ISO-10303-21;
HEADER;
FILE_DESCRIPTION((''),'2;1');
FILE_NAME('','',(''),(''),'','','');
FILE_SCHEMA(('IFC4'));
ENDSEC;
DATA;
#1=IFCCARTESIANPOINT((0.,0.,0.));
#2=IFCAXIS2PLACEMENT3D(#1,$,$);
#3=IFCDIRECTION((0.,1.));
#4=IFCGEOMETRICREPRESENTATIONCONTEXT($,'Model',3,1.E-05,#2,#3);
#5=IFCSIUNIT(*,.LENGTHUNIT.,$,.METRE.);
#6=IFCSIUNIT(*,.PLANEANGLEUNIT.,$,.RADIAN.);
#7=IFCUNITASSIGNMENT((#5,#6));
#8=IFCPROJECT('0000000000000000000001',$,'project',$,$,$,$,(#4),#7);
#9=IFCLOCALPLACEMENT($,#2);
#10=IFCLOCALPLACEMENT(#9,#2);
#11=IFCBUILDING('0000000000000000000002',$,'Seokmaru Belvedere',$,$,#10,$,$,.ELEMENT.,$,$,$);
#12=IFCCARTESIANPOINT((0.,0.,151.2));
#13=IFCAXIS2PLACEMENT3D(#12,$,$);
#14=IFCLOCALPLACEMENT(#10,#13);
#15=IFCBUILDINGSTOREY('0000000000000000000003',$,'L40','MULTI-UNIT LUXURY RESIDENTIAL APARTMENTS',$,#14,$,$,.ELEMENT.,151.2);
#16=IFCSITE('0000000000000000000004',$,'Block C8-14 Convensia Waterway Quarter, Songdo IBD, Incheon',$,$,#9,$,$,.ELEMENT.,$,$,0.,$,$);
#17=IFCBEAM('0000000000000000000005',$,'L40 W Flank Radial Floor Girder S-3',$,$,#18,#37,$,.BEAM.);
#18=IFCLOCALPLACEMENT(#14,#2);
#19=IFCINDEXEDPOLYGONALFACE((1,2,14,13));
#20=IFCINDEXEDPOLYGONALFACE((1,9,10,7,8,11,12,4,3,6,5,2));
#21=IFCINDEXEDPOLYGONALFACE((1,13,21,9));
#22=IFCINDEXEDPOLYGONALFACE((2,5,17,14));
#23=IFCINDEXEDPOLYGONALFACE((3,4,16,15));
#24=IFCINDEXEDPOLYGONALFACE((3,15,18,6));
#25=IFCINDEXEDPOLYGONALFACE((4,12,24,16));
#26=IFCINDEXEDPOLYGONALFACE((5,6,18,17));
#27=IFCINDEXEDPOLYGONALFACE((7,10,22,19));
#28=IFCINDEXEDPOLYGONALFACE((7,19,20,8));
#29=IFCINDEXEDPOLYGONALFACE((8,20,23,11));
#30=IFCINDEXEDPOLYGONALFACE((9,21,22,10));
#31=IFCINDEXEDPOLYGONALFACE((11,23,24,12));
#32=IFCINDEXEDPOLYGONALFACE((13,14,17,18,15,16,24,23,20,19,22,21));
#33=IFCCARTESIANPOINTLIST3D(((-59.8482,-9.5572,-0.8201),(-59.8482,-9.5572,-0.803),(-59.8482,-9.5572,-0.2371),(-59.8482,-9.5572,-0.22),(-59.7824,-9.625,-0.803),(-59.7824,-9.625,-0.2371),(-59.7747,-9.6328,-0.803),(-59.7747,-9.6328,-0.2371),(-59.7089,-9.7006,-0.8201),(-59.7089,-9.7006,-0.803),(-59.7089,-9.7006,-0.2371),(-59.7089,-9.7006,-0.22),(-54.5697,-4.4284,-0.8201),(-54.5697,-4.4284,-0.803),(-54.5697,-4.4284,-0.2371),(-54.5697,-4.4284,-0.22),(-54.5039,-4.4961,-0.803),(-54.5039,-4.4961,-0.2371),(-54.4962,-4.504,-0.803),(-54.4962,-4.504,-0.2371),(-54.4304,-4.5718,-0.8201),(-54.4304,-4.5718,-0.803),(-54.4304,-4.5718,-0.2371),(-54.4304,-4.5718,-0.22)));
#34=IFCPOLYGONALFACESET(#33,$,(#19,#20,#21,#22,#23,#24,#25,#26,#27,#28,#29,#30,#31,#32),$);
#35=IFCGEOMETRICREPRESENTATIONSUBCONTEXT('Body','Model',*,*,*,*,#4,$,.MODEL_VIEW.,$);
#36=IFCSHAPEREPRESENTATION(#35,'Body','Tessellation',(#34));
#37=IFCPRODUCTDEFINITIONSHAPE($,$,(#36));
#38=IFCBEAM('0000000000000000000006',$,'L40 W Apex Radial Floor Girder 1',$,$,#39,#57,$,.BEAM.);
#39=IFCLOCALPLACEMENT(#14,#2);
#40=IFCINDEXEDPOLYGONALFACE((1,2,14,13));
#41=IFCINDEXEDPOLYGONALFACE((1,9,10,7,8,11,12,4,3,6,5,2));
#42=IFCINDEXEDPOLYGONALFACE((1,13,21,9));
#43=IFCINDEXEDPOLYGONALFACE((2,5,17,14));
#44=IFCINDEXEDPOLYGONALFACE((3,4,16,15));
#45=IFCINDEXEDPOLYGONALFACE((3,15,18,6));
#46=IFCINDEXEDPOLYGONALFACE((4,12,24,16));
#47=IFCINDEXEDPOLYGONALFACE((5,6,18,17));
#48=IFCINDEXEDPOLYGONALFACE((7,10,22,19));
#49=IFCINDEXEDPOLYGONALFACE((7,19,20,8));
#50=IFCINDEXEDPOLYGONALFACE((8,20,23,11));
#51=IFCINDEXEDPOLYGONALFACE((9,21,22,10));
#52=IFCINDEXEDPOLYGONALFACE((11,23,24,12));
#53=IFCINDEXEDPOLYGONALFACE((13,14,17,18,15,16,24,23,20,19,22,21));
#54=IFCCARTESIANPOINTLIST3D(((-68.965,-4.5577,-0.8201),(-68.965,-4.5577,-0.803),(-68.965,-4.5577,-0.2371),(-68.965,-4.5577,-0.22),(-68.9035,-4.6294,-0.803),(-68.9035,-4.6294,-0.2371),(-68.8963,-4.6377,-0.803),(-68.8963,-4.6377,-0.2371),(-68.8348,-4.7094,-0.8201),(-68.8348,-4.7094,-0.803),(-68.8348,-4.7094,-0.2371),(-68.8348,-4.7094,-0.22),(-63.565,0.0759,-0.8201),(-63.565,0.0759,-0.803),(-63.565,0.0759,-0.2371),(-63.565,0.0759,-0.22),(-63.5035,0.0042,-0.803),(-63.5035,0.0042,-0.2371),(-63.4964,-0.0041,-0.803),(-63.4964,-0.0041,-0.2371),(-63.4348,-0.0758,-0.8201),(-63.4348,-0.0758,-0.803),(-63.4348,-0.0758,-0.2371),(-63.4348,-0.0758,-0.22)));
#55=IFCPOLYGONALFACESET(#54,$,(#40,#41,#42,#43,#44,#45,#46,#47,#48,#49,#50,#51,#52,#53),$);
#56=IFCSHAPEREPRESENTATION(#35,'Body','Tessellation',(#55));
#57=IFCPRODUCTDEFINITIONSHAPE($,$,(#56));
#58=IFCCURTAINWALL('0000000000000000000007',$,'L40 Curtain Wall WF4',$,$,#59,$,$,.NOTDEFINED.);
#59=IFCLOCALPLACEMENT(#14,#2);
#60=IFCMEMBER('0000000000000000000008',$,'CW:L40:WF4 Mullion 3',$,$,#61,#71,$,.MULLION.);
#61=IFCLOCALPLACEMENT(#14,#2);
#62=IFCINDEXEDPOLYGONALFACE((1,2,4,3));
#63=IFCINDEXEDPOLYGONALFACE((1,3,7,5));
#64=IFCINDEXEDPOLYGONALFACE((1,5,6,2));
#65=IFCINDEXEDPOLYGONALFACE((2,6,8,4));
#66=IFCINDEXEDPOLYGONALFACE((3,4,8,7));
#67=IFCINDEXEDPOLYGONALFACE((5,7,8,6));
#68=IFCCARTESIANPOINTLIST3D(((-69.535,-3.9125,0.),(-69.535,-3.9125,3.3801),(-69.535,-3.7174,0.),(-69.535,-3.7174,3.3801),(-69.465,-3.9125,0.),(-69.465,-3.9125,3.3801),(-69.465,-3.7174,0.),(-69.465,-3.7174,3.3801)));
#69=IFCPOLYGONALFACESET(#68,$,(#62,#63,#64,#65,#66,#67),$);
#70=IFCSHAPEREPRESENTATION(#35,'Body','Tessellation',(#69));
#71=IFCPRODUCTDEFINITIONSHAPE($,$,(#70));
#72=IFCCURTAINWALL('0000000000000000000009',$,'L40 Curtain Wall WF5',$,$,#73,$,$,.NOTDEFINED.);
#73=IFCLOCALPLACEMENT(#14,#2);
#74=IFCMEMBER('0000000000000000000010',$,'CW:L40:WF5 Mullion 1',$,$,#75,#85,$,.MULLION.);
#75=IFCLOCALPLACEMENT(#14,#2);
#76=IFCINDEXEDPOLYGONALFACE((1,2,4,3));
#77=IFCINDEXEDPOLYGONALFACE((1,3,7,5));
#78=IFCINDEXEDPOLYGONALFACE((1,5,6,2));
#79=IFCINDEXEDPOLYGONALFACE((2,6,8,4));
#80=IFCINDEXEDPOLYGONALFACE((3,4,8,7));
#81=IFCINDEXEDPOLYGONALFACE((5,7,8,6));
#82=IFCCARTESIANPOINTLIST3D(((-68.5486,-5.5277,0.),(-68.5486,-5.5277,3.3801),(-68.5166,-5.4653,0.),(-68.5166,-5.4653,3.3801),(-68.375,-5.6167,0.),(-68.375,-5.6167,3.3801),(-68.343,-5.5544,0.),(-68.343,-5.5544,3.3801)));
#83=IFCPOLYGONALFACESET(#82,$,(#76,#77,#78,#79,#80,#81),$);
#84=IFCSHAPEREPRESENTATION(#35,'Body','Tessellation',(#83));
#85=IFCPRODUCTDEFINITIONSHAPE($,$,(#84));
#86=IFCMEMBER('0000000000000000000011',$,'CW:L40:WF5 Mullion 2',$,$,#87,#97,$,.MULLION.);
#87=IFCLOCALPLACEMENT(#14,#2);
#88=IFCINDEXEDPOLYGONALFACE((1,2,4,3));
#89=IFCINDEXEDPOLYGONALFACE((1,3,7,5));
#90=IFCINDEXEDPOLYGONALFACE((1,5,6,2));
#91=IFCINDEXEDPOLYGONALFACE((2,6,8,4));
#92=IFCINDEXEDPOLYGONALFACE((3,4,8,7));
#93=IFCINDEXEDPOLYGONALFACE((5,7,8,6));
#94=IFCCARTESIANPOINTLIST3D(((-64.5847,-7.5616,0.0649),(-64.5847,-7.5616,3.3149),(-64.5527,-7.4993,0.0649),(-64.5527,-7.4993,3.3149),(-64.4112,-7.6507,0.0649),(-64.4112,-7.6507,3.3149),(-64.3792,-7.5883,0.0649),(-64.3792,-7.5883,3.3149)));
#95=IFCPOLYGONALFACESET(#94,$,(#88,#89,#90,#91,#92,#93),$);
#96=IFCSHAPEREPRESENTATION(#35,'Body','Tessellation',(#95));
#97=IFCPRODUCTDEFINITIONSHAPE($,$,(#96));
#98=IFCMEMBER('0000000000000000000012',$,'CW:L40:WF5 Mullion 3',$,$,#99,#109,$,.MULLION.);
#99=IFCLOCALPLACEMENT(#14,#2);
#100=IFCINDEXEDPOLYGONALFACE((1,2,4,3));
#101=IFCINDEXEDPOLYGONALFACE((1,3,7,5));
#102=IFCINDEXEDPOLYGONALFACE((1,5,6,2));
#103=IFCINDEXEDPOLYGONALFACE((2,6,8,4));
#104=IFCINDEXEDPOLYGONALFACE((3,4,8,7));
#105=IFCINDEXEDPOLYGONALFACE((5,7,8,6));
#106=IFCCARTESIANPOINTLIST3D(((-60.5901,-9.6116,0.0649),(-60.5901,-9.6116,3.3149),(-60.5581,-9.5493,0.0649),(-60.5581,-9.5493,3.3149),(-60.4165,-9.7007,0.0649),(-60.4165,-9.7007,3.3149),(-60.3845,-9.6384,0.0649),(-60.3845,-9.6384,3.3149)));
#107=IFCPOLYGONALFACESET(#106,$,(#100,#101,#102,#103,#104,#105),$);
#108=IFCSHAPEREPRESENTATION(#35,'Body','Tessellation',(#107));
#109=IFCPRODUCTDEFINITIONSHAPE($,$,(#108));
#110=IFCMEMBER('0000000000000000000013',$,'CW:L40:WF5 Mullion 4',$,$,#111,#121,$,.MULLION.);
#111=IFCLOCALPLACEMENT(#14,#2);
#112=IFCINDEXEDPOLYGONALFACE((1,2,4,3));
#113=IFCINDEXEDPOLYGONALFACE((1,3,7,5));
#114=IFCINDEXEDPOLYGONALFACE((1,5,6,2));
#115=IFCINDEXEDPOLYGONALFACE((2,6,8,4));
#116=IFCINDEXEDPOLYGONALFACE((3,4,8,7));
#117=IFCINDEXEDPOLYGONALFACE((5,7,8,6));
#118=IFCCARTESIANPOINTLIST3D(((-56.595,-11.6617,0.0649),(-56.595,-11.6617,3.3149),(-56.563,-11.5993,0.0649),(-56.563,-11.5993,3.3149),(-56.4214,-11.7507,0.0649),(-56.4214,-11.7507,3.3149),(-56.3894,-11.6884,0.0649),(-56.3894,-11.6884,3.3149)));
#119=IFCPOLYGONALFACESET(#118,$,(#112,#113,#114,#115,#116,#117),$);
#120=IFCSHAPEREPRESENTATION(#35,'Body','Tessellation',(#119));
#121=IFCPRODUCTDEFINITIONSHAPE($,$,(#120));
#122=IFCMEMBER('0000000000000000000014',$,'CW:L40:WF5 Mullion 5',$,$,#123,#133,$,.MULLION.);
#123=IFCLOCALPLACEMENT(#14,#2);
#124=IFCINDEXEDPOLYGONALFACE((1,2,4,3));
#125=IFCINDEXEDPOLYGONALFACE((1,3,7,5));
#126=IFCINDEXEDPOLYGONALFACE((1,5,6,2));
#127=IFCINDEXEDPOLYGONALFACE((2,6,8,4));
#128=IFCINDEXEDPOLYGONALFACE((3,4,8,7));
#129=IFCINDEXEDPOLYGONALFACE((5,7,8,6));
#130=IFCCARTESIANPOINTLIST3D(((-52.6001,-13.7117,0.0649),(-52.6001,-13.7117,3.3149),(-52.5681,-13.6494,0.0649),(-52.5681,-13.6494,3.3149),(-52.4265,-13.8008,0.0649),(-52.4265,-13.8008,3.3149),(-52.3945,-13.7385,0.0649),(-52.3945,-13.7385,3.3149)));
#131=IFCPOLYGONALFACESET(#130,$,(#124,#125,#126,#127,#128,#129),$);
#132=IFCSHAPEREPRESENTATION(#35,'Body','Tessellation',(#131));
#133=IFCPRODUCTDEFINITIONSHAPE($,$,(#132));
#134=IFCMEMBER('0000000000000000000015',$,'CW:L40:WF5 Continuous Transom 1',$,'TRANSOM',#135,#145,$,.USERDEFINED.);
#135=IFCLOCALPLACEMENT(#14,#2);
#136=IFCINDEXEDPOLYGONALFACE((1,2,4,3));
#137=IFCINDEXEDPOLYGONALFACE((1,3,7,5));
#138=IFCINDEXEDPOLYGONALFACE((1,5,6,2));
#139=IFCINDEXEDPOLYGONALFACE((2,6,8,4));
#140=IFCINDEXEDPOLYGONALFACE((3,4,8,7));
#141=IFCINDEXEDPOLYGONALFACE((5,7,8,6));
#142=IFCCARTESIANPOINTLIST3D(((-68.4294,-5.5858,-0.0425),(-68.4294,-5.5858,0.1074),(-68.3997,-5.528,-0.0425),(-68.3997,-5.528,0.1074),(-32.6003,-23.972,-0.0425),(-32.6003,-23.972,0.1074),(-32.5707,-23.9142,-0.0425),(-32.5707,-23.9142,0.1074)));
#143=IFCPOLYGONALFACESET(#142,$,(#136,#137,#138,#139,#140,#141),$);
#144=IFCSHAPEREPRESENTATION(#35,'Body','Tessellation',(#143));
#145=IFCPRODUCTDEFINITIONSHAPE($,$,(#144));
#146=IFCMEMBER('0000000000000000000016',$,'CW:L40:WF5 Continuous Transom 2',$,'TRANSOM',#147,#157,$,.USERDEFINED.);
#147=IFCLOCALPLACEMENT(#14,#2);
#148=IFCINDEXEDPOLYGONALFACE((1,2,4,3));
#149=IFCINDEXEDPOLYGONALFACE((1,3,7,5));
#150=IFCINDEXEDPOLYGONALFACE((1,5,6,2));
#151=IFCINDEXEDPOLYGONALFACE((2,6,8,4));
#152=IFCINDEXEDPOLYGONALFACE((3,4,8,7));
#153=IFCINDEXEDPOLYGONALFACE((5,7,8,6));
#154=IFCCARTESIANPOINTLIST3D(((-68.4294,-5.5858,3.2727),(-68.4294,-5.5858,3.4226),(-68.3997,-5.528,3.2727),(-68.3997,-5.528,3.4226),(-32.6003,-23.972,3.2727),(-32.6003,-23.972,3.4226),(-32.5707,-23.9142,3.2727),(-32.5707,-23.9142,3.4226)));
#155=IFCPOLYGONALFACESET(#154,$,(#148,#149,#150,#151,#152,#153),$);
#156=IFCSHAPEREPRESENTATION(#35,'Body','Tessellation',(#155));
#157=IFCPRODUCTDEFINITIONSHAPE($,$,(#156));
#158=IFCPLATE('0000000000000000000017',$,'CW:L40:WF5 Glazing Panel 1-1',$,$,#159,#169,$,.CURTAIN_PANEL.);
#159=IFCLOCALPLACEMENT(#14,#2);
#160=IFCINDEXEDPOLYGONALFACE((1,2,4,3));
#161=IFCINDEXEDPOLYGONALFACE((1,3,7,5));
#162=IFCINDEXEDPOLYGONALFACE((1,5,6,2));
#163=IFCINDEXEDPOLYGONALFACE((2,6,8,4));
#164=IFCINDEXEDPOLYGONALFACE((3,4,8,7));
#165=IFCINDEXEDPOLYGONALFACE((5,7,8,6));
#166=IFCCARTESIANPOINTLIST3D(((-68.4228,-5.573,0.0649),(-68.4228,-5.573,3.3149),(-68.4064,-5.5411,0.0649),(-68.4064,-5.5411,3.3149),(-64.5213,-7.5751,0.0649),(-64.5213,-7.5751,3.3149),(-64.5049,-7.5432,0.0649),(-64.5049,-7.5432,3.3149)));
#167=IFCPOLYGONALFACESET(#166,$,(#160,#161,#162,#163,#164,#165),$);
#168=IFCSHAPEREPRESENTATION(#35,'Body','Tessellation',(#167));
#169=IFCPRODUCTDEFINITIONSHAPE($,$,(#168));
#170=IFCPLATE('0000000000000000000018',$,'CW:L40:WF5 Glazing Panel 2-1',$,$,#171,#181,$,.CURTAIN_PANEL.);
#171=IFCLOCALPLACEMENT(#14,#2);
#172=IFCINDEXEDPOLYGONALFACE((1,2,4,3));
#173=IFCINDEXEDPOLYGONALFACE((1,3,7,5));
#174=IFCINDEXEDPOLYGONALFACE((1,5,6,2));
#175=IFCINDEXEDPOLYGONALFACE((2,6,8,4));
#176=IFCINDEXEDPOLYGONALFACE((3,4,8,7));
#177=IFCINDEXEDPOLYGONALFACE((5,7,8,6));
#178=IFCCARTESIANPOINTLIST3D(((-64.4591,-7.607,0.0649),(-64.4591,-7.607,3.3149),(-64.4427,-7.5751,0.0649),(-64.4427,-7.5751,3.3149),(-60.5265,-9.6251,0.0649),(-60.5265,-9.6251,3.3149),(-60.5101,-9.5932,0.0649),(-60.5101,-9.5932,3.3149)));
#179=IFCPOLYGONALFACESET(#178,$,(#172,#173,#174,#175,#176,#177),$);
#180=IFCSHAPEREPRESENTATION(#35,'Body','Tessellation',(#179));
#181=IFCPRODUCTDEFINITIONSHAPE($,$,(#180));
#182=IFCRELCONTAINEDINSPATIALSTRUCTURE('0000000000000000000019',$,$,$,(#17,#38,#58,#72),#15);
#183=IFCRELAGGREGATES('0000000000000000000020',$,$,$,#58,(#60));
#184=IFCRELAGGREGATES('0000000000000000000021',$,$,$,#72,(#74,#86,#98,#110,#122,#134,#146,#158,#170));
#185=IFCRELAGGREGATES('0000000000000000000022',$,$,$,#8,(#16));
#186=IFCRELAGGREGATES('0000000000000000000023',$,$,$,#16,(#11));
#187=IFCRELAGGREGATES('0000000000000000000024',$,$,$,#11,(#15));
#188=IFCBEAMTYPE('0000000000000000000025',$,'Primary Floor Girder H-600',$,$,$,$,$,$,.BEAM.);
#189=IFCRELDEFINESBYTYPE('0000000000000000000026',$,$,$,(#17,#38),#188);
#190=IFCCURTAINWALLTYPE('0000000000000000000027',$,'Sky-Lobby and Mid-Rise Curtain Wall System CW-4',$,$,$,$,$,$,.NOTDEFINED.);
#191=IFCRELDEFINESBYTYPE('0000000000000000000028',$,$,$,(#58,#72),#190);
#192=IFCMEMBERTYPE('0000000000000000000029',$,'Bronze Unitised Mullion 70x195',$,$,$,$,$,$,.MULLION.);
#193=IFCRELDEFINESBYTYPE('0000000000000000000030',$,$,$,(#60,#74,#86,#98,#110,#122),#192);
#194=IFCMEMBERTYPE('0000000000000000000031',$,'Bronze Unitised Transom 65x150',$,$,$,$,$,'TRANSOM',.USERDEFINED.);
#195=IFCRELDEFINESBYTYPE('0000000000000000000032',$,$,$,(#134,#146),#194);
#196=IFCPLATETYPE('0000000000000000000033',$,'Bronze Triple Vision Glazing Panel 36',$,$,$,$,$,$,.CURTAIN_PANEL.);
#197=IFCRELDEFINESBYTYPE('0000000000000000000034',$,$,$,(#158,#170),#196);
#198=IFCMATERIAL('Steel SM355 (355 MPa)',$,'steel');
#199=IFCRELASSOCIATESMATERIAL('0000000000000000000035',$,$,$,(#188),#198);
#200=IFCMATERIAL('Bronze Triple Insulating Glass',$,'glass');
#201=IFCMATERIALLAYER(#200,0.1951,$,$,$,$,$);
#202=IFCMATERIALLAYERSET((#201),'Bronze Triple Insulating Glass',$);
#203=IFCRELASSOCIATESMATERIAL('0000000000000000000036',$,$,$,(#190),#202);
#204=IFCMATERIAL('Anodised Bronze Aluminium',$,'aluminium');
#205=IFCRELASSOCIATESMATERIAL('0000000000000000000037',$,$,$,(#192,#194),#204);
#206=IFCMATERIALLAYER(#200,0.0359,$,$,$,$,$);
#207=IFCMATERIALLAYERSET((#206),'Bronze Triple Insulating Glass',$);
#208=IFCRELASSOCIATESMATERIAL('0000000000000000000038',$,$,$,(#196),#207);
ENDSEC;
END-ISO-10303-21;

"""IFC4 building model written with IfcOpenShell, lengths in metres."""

from ifc_helpers import new_model, si_unit, direction, frame, origin, origin_2d, place, context, subcontext, project, spatial, rectangle, i_section, extrude, source, transform, mapped, material, layer, layer_set, material_profile, profile_set, type_object, type_shapes, element, aggregate, save


model = new_model("IFC4")

# Units and contexts
model_context = context("Model", 3, precision=1e-05, world=origin(), true_north=direction((0.0, 1.0)))
body_context = subcontext(model_context, "Body", "Model", "MODEL_VIEW")
ifc_project = project(units=[si_unit("LENGTHUNIT", "METRE"), si_unit("PLANEANGLEUNIT", "RADIAN")], contexts=[model_context])

# Site, building, storey
site_placement = place(None, origin())
site = spatial("IfcSite", under=ifc_project, at=site_placement, Name="Block C8-14 Convensia Waterway Quarter, Songdo IBD, Incheon", CompositionType="ELEMENT", RefElevation=0.0)
building_placement = place(site_placement, origin())
building = spatial("IfcBuilding", under=site, at=building_placement, Name="Seokmaru Belvedere", CompositionType="ELEMENT")
storey_placement = place(building_placement, frame((0.0, 0.0, 151.2)))
storey = spatial("IfcBuildingStorey", under=building, at=storey_placement, Name="L40", Description="MULTI-UNIT LUXURY RESIDENTIAL APARTMENTS", CompositionType="ELEMENT", Elevation=151.2)

# Shared definitions
ifc_material_1 = material(Name="Steel SM355 (355 MPa)", Category="steel")

# Beams
ifc_material_profile_1 = material_profile(ifc_material_1, i_section(OverallWidth=0.2, OverallDepth=0.6001, WebThickness=0.011, FlangeThickness=0.0171, at=origin_2d()), Name="H-600x200x11x17")
ifc_profile_set_1 = profile_set([ifc_material_profile_1], Name="Steel SM355 (355 MPa)")
beam_type_1 = type_object("IfcBeamType", Name="Primary Floor Girder H-600", PredefinedType="BEAM", material=ifc_profile_set_1)
shared_shape_1 = source(origin(), body_context, "Body", "SweptSolid", [
    extrude(i_section(OverallWidth=0.2, OverallDepth=0.6001, WebThickness=0.011, FlangeThickness=0.0171, at=origin_2d()), origin(), (0.0, 0.0, 1.0), 7.3599),
])
beam_1_placement = place(storey_placement, frame((-59.7786, -9.6289, -0.52), z_axis=(0.717201, 0.696867, 0.0), x_axis=(-0.696867, 0.717201, 0.0)))
element("IfcBeam", 1, at=beam_1_placement, inside=storey, type_object=beam_type_1, Name="L40 W Flank Radial Floor Girder S-3", PredefinedType="BEAM", context=body_context, shape_type="MappedRepresentation", body=[
    mapped(shared_shape_1, transform((0.0, 0.0, 0.0), scale=1.0)),
])
shared_shape_2 = source(origin(), body_context, "Body", "SweptSolid", [
    extrude(i_section(OverallWidth=0.2, OverallDepth=0.6001, WebThickness=0.011, FlangeThickness=0.0171, at=origin_2d()), origin(), (0.0, 0.0, 1.0), 7.1155),
])
beam_2_placement = place(storey_placement, frame((-68.8999, -4.6335, -0.52), z_axis=(0.758905, 0.651201, 0.0), x_axis=(-0.651201, 0.758905, 0.0)))
element("IfcBeam", 2, at=beam_2_placement, inside=storey, type_object=beam_type_1, Name="L40 W Apex Radial Floor Girder 1", PredefinedType="BEAM", context=body_context, shape_type="MappedRepresentation", body=[
    mapped(shared_shape_2, transform((0.0, 0.0, 0.0), scale=1.0)),
])

# Curtain wall, member
ifc_material_2 = material(Name="Bronze Triple Insulating Glass", Category="glass")
ifc_layer_1 = layer(ifc_material_2, 0.1951)
ifc_layer_set_1 = layer_set([ifc_layer_1], Name="Bronze Triple Insulating Glass")
curtain_wall_type = type_object("IfcCurtainWallType", Name="Sky-Lobby and Mid-Rise Curtain Wall System CW-4", PredefinedType="NOTDEFINED", material=ifc_layer_set_1)
curtain_wall_1_placement = place(storey_placement, origin())
curtain_wall_1 = element("IfcCurtainWall", 3, at=curtain_wall_1_placement, inside=storey, type_object=curtain_wall_type, Name="L40 Curtain Wall WF4", PredefinedType="NOTDEFINED")
ifc_material_3 = material(Name="Anodised Bronze Aluminium", Category="aluminium")
ifc_material_profile_2 = material_profile(ifc_material_3, rectangle(XDim=0.0701, YDim=0.1951, at=origin_2d()), Name="CW-M-70x195")
ifc_profile_set_2 = profile_set([ifc_material_profile_2], Name="Anodised Bronze Aluminium")
member_type_1 = type_object("IfcMemberType", Name="Bronze Unitised Mullion 70x195", PredefinedType="MULLION", material=ifc_profile_set_2)
shared_shape_3 = source(origin(), body_context, "Body", "SweptSolid", [
    extrude(rectangle(XDim=0.0701, YDim=0.1951, at=origin_2d()), origin(), (0.0, 0.0, 1.0), 3.3801),
])
member_1_placement = place(storey_placement, frame((-69.5, -3.8149, 0.0), z_axis=(0.0, 0.0, 1.0), x_axis=(1.0, 0.0, 0.0)))
member_1 = element("IfcMember", 4, at=member_1_placement, type_object=member_type_1, Name="CW:L40:WF4 Mullion 3", PredefinedType="MULLION", context=body_context, shape_type="MappedRepresentation", body=[
    mapped(shared_shape_3, transform((0.0, 0.0, 0.0), scale=1.0)),
])
aggregate(curtain_wall_1, [member_1])

# Curtain wall, members, plates
curtain_wall_2_placement = place(storey_placement, origin())
curtain_wall_2 = element("IfcCurtainWall", 5, at=curtain_wall_2_placement, inside=storey, type_object=curtain_wall_type, Name="L40 Curtain Wall WF5", PredefinedType="NOTDEFINED")
member_2_placement = place(storey_placement, frame((-68.4458, -5.541, 0.0), z_axis=(0.0, 0.0, 1.0), x_axis=(0.456555, 0.889695, 0.0)))
member_2 = element("IfcMember", 6, at=member_2_placement, type_object=member_type_1, Name="CW:L40:WF5 Mullion 1", PredefinedType="MULLION", context=body_context, shape_type="MappedRepresentation", body=[
    mapped(shared_shape_3, transform((0.0, 0.0, 0.0), scale=1.0)),
])
shared_shape_4 = source(origin(), body_context, "Body", "SweptSolid", [
    extrude(rectangle(XDim=0.0701, YDim=0.1951, at=origin_2d()), origin(), (0.0, 0.0, 1.0), 3.25),
])
type_shapes(member_type_1, [shared_shape_3, shared_shape_4])
member_3_placement = place(storey_placement, frame((-64.4819, -7.575, 0.0649), z_axis=(0.0, 0.0, 1.0), x_axis=(0.456555, 0.889695, 0.0)))
member_3 = element("IfcMember", 7, at=member_3_placement, type_object=member_type_1, Name="CW:L40:WF5 Mullion 2", PredefinedType="MULLION", context=body_context, shape_type="MappedRepresentation", body=[
    mapped(shared_shape_4, transform((0.0, 0.0, 0.0), scale=1.0)),
])
member_4_placement = place(storey_placement, frame((-60.4873, -9.625, 0.0649), z_axis=(0.0, 0.0, 1.0), x_axis=(0.456555, 0.889695, 0.0)))
member_4 = element("IfcMember", 8, at=member_4_placement, type_object=member_type_1, Name="CW:L40:WF5 Mullion 3", PredefinedType="MULLION", context=body_context, shape_type="MappedRepresentation", body=[
    mapped(shared_shape_4, transform((0.0, 0.0, 0.0), scale=1.0)),
])
member_5_placement = place(storey_placement, frame((-56.4922, -11.675, 0.0649), z_axis=(0.0, 0.0, 1.0), x_axis=(0.456555, 0.889695, 0.0)))
member_5 = element("IfcMember", 9, at=member_5_placement, type_object=member_type_1, Name="CW:L40:WF5 Mullion 4", PredefinedType="MULLION", context=body_context, shape_type="MappedRepresentation", body=[
    mapped(shared_shape_4, transform((0.0, 0.0, 0.0), scale=1.0)),
])
member_6_placement = place(storey_placement, frame((-52.4973, -13.7251, 0.0649), z_axis=(0.0, 0.0, 1.0), x_axis=(0.456555, 0.889695, 0.0)))
member_6 = element("IfcMember", 10, at=member_6_placement, type_object=member_type_1, Name="CW:L40:WF5 Mullion 5", PredefinedType="MULLION", context=body_context, shape_type="MappedRepresentation", body=[
    mapped(shared_shape_4, transform((0.0, 0.0, 0.0), scale=1.0)),
])
ifc_material_profile_3 = material_profile(ifc_material_3, rectangle(XDim=0.0649, YDim=0.1499, at=origin_2d()), Name="CW-T-65x150")
ifc_profile_set_3 = profile_set([ifc_material_profile_3], Name="Anodised Bronze Aluminium")
member_type_2 = type_object("IfcMemberType", Name="Bronze Unitised Transom 65x150", ElementType="TRANSOM", PredefinedType="USERDEFINED", material=ifc_profile_set_3)
shared_shape_5 = source(origin(), body_context, "Body", "SweptSolid", [
    extrude(rectangle(XDim=0.0649, YDim=0.1499, at=origin_2d()), origin(), (0.0, 0.0, 1.0), 40.2712),
])
type_shapes(member_type_2, [shared_shape_5])
member_7_placement = place(storey_placement, frame((-68.4146, -5.5569, 0.0325), z_axis=(0.889693, -0.456559, 0.0), x_axis=(0.456559, 0.889693, 0.0)))
member_7 = element("IfcMember", 11, at=member_7_placement, type_object=member_type_2, Name="CW:L40:WF5 Continuous Transom 1", ObjectType="TRANSOM", PredefinedType="USERDEFINED", context=body_context, shape_type="MappedRepresentation", body=[
    mapped(shared_shape_5, transform((0.0, 0.0, 0.0), scale=1.0)),
])
member_8_placement = place(storey_placement, frame((-68.4146, -5.5569, 3.3477), z_axis=(0.889693, -0.456559, 0.0), x_axis=(0.456559, 0.889693, 0.0)))
member_8 = element("IfcMember", 12, at=member_8_placement, type_object=member_type_2, Name="CW:L40:WF5 Continuous Transom 2", ObjectType="TRANSOM", PredefinedType="USERDEFINED", context=body_context, shape_type="MappedRepresentation", body=[
    mapped(shared_shape_5, transform((0.0, 0.0, 0.0), scale=1.0)),
])
ifc_layer_2 = layer(ifc_material_2, 0.0359)
ifc_layer_set_2 = layer_set([ifc_layer_2], Name="Bronze Triple Insulating Glass")
plate_type = type_object("IfcPlateType", Name="Bronze Triple Vision Glazing Panel 36", PredefinedType="CURTAIN_PANEL", material=ifc_layer_set_2)
shared_shape_6 = source(origin(), body_context, "Body", "SweptSolid", [
    extrude(rectangle(XDim=4.3853, YDim=0.0359, at=origin_2d()), origin(), (0.0, 0.0, 1.0), 3.25),
])
plate_1_placement = place(storey_placement, frame((-66.4639, -6.5581, 0.0649), z_axis=(0.0, 0.0, 1.0), x_axis=(0.889695, -0.456555, 0.0)))
plate_1 = element("IfcPlate", 13, at=plate_1_placement, type_object=plate_type, Name="CW:L40:WF5 Glazing Panel 1-1", PredefinedType="CURTAIN_PANEL", context=body_context, shape_type="MappedRepresentation", body=[
    mapped(shared_shape_6, transform((0.0, 0.0, 0.0), scale=1.0)),
])
shared_shape_7 = source(origin(), body_context, "Body", "SweptSolid", [
    extrude(rectangle(XDim=4.4202, YDim=0.0359, at=origin_2d()), origin(), (0.0, 0.0, 1.0), 3.25),
])
type_shapes(plate_type, [shared_shape_6, shared_shape_7])
plate_2_placement = place(storey_placement, frame((-62.4846, -8.6001, 0.0649), z_axis=(0.0, 0.0, 1.0), x_axis=(0.889695, -0.456555, 0.0)))
plate_2 = element("IfcPlate", 14, at=plate_2_placement, type_object=plate_type, Name="CW:L40:WF5 Glazing Panel 2-1", PredefinedType="CURTAIN_PANEL", context=body_context, shape_type="MappedRepresentation", body=[
    mapped(shared_shape_7, transform((0.0, 0.0, 0.0), scale=1.0)),
])
aggregate(curtain_wall_2, [member_2, member_3, member_4, member_5, member_6, member_7, member_8, plate_1, plate_2])

save(model, "model.ifc")
